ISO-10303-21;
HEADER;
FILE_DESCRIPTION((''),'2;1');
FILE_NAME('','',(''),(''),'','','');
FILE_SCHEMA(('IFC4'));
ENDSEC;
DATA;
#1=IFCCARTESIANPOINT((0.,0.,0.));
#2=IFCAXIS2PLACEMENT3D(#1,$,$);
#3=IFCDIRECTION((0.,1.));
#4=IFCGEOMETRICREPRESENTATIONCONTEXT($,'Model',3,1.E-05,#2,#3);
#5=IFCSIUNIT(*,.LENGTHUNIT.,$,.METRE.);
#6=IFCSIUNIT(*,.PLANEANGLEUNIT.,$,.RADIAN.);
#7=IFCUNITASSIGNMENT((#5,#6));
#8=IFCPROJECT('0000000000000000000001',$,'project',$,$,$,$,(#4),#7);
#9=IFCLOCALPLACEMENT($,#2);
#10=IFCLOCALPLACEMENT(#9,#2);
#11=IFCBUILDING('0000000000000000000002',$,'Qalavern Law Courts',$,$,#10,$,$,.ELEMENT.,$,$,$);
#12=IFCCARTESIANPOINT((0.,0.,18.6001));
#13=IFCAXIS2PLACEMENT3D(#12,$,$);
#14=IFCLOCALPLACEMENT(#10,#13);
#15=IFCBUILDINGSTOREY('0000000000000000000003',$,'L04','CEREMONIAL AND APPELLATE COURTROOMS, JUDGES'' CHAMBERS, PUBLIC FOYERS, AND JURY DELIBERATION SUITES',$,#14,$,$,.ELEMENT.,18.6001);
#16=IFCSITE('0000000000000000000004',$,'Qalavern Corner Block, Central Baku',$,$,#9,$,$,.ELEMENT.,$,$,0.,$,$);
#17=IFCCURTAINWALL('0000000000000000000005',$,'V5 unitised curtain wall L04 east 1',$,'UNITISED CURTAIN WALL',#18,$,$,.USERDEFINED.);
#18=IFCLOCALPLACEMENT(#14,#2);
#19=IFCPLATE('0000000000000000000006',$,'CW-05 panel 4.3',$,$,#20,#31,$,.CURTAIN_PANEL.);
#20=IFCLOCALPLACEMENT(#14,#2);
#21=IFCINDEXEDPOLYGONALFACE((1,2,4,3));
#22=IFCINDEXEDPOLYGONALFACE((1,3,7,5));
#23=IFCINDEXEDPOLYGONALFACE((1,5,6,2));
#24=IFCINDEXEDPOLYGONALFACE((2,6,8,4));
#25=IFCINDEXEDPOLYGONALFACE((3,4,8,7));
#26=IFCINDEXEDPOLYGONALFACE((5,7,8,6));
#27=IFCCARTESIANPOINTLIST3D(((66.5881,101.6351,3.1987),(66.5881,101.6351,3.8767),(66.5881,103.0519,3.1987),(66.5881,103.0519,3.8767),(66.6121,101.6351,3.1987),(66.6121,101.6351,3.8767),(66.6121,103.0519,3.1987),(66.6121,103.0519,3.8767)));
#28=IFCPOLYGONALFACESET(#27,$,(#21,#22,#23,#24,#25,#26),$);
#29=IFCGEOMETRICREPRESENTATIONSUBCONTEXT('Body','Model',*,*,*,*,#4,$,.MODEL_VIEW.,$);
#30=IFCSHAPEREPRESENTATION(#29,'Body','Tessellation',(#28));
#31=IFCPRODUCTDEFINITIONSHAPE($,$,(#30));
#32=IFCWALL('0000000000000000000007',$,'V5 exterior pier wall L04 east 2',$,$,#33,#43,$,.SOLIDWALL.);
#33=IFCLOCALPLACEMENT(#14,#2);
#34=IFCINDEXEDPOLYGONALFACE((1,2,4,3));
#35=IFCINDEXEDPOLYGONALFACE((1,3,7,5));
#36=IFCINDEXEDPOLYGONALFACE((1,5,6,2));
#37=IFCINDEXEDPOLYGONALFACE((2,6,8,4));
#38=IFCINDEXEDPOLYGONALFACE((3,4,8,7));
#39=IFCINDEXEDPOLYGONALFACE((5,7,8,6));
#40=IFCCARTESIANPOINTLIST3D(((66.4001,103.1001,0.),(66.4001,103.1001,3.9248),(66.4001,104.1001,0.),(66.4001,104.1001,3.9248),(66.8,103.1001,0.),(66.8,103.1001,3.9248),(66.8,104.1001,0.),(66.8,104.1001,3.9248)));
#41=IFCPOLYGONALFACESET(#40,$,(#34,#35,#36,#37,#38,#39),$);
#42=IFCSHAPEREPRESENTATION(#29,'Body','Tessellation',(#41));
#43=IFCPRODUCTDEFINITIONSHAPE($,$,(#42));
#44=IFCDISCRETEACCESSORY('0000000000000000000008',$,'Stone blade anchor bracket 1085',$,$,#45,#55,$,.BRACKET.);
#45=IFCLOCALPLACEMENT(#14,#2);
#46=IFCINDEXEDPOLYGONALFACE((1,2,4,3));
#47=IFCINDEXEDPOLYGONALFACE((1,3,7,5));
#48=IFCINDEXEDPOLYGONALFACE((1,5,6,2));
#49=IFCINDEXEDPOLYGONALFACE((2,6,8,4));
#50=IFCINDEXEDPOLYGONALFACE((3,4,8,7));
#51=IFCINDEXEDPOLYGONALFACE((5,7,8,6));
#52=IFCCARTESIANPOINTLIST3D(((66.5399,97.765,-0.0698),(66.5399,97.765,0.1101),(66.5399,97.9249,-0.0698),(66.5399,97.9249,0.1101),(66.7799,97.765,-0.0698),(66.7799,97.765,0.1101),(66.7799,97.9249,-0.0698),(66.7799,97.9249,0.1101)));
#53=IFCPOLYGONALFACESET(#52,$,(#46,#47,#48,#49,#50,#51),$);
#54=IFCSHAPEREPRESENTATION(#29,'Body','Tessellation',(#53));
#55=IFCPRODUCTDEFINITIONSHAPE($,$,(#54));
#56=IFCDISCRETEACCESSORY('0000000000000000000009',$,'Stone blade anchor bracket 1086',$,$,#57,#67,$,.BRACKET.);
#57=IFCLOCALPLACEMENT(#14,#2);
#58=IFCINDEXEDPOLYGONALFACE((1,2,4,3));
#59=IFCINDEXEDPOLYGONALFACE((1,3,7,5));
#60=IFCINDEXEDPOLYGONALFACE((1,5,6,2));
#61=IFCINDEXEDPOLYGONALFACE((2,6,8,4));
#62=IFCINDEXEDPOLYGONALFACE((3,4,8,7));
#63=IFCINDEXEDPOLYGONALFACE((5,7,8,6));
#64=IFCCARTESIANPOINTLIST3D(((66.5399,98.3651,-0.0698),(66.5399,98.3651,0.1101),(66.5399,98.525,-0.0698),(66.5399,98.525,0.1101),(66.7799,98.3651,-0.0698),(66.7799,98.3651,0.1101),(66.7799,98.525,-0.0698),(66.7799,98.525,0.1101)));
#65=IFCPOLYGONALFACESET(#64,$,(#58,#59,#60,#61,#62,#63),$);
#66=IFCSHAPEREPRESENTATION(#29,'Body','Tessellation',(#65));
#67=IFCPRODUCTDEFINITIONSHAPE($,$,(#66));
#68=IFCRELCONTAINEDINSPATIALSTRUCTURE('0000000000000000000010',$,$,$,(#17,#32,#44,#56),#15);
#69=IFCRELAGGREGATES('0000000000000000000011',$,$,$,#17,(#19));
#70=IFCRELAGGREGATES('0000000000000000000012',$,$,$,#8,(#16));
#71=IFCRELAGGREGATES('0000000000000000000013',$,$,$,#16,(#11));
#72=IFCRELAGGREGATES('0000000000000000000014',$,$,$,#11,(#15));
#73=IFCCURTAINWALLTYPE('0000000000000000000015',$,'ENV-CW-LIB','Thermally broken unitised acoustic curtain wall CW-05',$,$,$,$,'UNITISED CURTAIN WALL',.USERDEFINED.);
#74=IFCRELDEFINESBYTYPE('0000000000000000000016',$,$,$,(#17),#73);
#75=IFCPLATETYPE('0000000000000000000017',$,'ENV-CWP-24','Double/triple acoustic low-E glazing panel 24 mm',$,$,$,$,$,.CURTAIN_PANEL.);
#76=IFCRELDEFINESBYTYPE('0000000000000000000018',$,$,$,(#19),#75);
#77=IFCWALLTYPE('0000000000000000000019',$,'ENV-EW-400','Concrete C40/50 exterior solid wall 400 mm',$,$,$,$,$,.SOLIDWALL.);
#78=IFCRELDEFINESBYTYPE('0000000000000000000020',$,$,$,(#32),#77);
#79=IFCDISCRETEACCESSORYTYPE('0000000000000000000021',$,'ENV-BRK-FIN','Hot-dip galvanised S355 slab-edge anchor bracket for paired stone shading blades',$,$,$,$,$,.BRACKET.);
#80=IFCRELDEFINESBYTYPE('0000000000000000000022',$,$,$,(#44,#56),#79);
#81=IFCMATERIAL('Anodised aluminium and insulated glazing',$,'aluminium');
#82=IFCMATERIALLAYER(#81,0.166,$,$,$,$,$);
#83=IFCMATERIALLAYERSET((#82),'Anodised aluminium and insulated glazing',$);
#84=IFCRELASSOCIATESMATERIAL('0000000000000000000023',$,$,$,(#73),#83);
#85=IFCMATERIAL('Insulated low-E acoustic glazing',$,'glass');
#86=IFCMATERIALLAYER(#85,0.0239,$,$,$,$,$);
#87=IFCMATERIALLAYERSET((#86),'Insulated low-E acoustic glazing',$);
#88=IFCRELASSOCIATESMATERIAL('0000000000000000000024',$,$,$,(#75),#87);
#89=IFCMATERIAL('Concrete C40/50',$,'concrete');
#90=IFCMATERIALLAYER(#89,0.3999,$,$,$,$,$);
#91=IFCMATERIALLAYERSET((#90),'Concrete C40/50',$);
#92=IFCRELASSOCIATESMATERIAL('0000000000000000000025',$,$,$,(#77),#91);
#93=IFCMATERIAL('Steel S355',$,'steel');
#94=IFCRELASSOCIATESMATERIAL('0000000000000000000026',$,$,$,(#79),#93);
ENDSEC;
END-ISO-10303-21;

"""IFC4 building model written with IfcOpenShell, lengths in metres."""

from ifc_helpers import new_model, si_unit, direction, frame, frame_2d, origin, origin_2d, place, context, subcontext, project, spatial, rectangle, extrude, material, layer, layer_set, type_object, element, aggregate, save


model = new_model("IFC4")

# Units and contexts
model_context = context("Model", 3, precision=1e-05, world=origin(), true_north=direction((0.0, 1.0)))
body_context = subcontext(model_context, "Body", "Model", "MODEL_VIEW")
ifc_project = project(units=[si_unit("LENGTHUNIT", "METRE"), si_unit("PLANEANGLEUNIT", "RADIAN")], contexts=[model_context])

# Site, building, storey
site_placement = place(None, origin())
site = spatial("IfcSite", under=ifc_project, at=site_placement, Name="Qalavern Corner Block, Central Baku", CompositionType="ELEMENT", RefElevation=0.0)
building_placement = place(site_placement, origin())
building = spatial("IfcBuilding", under=site, at=building_placement, Name="Qalavern Law Courts", CompositionType="ELEMENT")
storey_placement = place(building_placement, frame((0.0, 0.0, 18.6001)))
storey = spatial("IfcBuildingStorey", under=building, at=storey_placement, Name="L04", Description="CEREMONIAL AND APPELLATE COURTROOMS, JUDGES' CHAMBERS, PUBLIC FOYERS, AND JURY DELIBERATION SUITES", CompositionType="ELEMENT", Elevation=18.6001)

# Curtain wall
ifc_material_1 = material(Name="Anodised aluminium and insulated glazing", Category="aluminium")
ifc_layer_1 = layer(ifc_material_1, 0.166)
ifc_layer_set_1 = layer_set([ifc_layer_1], Name="Anodised aluminium and insulated glazing")
curtain_wall_type = type_object("IfcCurtainWallType", Name="ENV-CW-LIB", Description="Thermally broken unitised acoustic curtain wall CW-05", ElementType="UNITISED CURTAIN WALL", PredefinedType="USERDEFINED", material=ifc_layer_set_1)
curtain_wall_placement = place(storey_placement, origin())
curtain_wall = element("IfcCurtainWall", 1, at=curtain_wall_placement, inside=storey, type_object=curtain_wall_type, Name="V5 unitised curtain wall L04 east 1", ObjectType="UNITISED CURTAIN WALL", PredefinedType="USERDEFINED")

# Shared definitions
ifc_material_2 = material(Name="Steel S355", Category="steel")

# Plate
ifc_material_3 = material(Name="Insulated low-E acoustic glazing", Category="glass")
ifc_layer_2 = layer(ifc_material_3, 0.0239)
ifc_layer_set_2 = layer_set([ifc_layer_2], Name="Insulated low-E acoustic glazing")
plate_type = type_object("IfcPlateType", Name="ENV-CWP-24", Description="Double/triple acoustic low-E glazing panel 24 mm", PredefinedType="CURTAIN_PANEL", material=ifc_layer_set_2)
plate_1_placement = place(storey_placement, frame((66.6001, 102.3435, 3.1987), z_axis=(0.0, 0.0, 1.0), x_axis=(0.0, 1.0, 0.0)))
plate_1 = element("IfcPlate", 2, at=plate_1_placement, type_object=plate_type, Name="CW-05 panel 4.3", PredefinedType="CURTAIN_PANEL", context=body_context, shape_type="SweptSolid", body=[
    extrude(rectangle(XDim=1.4167, YDim=0.0239, at=origin_2d()), origin(), (0.0, 0.0, 1.0), 0.678),
])
aggregate(curtain_wall, [plate_1])

# Wall
ifc_material_4 = material(Name="Concrete C40/50", Category="concrete")
ifc_layer_3 = layer(ifc_material_4, 0.3999)
ifc_layer_set_3 = layer_set([ifc_layer_3], Name="Concrete C40/50")
wall_type = type_object("IfcWallType", Name="ENV-EW-400", Description="Concrete C40/50 exterior solid wall 400 mm", PredefinedType="SOLIDWALL", material=ifc_layer_set_3)
wall_placement = place(storey_placement, frame((66.6001, 103.1001, 0.0), z_axis=(0.0, 0.0, 1.0), x_axis=(0.0, 1.0, 0.0)))
element("IfcWall", 3, at=wall_placement, inside=storey, type_object=wall_type, Name="V5 exterior pier wall L04 east 2", PredefinedType="SOLIDWALL", context=body_context, shape_type="SweptSolid", body=[
    extrude(rectangle(XDim=1.0, YDim=0.3999, at=frame_2d((0.5, 0.0))), origin(), (0.0, 0.0, 1.0), 3.9248),
])

# Discrete accessories
discrete_accessory_type = type_object("IfcDiscreteAccessoryType", Name="ENV-BRK-FIN", Description="Hot-dip galvanised S355 slab-edge anchor bracket for paired stone shading blades", PredefinedType="BRACKET", material=ifc_material_2)
for number, where, z_axis, x_axis, name in (
    (4, (66.6599, 97.845, -0.0698), (0.0, 0.0, 1.0), (1.0, 0.0, 0.0), "Stone blade anchor bracket 1085"),
    (5, (66.6599, 98.4451, -0.0698), (0.0, 0.0, 1.0), (1.0, 0.0, 0.0), "Stone blade anchor bracket 1086"),
):
    element("IfcDiscreteAccessory", number, at=place(storey_placement, frame(where, z_axis=z_axis, x_axis=x_axis)), inside=storey, type_object=discrete_accessory_type, Name=name, PredefinedType="BRACKET", context=body_context, shape_type="SweptSolid", body=[
        extrude(rectangle(XDim=0.24, YDim=0.1599, at=origin_2d()), origin(), (0.0, 0.0, 1.0), 0.1799),
    ])

save(model, "model.ifc")
